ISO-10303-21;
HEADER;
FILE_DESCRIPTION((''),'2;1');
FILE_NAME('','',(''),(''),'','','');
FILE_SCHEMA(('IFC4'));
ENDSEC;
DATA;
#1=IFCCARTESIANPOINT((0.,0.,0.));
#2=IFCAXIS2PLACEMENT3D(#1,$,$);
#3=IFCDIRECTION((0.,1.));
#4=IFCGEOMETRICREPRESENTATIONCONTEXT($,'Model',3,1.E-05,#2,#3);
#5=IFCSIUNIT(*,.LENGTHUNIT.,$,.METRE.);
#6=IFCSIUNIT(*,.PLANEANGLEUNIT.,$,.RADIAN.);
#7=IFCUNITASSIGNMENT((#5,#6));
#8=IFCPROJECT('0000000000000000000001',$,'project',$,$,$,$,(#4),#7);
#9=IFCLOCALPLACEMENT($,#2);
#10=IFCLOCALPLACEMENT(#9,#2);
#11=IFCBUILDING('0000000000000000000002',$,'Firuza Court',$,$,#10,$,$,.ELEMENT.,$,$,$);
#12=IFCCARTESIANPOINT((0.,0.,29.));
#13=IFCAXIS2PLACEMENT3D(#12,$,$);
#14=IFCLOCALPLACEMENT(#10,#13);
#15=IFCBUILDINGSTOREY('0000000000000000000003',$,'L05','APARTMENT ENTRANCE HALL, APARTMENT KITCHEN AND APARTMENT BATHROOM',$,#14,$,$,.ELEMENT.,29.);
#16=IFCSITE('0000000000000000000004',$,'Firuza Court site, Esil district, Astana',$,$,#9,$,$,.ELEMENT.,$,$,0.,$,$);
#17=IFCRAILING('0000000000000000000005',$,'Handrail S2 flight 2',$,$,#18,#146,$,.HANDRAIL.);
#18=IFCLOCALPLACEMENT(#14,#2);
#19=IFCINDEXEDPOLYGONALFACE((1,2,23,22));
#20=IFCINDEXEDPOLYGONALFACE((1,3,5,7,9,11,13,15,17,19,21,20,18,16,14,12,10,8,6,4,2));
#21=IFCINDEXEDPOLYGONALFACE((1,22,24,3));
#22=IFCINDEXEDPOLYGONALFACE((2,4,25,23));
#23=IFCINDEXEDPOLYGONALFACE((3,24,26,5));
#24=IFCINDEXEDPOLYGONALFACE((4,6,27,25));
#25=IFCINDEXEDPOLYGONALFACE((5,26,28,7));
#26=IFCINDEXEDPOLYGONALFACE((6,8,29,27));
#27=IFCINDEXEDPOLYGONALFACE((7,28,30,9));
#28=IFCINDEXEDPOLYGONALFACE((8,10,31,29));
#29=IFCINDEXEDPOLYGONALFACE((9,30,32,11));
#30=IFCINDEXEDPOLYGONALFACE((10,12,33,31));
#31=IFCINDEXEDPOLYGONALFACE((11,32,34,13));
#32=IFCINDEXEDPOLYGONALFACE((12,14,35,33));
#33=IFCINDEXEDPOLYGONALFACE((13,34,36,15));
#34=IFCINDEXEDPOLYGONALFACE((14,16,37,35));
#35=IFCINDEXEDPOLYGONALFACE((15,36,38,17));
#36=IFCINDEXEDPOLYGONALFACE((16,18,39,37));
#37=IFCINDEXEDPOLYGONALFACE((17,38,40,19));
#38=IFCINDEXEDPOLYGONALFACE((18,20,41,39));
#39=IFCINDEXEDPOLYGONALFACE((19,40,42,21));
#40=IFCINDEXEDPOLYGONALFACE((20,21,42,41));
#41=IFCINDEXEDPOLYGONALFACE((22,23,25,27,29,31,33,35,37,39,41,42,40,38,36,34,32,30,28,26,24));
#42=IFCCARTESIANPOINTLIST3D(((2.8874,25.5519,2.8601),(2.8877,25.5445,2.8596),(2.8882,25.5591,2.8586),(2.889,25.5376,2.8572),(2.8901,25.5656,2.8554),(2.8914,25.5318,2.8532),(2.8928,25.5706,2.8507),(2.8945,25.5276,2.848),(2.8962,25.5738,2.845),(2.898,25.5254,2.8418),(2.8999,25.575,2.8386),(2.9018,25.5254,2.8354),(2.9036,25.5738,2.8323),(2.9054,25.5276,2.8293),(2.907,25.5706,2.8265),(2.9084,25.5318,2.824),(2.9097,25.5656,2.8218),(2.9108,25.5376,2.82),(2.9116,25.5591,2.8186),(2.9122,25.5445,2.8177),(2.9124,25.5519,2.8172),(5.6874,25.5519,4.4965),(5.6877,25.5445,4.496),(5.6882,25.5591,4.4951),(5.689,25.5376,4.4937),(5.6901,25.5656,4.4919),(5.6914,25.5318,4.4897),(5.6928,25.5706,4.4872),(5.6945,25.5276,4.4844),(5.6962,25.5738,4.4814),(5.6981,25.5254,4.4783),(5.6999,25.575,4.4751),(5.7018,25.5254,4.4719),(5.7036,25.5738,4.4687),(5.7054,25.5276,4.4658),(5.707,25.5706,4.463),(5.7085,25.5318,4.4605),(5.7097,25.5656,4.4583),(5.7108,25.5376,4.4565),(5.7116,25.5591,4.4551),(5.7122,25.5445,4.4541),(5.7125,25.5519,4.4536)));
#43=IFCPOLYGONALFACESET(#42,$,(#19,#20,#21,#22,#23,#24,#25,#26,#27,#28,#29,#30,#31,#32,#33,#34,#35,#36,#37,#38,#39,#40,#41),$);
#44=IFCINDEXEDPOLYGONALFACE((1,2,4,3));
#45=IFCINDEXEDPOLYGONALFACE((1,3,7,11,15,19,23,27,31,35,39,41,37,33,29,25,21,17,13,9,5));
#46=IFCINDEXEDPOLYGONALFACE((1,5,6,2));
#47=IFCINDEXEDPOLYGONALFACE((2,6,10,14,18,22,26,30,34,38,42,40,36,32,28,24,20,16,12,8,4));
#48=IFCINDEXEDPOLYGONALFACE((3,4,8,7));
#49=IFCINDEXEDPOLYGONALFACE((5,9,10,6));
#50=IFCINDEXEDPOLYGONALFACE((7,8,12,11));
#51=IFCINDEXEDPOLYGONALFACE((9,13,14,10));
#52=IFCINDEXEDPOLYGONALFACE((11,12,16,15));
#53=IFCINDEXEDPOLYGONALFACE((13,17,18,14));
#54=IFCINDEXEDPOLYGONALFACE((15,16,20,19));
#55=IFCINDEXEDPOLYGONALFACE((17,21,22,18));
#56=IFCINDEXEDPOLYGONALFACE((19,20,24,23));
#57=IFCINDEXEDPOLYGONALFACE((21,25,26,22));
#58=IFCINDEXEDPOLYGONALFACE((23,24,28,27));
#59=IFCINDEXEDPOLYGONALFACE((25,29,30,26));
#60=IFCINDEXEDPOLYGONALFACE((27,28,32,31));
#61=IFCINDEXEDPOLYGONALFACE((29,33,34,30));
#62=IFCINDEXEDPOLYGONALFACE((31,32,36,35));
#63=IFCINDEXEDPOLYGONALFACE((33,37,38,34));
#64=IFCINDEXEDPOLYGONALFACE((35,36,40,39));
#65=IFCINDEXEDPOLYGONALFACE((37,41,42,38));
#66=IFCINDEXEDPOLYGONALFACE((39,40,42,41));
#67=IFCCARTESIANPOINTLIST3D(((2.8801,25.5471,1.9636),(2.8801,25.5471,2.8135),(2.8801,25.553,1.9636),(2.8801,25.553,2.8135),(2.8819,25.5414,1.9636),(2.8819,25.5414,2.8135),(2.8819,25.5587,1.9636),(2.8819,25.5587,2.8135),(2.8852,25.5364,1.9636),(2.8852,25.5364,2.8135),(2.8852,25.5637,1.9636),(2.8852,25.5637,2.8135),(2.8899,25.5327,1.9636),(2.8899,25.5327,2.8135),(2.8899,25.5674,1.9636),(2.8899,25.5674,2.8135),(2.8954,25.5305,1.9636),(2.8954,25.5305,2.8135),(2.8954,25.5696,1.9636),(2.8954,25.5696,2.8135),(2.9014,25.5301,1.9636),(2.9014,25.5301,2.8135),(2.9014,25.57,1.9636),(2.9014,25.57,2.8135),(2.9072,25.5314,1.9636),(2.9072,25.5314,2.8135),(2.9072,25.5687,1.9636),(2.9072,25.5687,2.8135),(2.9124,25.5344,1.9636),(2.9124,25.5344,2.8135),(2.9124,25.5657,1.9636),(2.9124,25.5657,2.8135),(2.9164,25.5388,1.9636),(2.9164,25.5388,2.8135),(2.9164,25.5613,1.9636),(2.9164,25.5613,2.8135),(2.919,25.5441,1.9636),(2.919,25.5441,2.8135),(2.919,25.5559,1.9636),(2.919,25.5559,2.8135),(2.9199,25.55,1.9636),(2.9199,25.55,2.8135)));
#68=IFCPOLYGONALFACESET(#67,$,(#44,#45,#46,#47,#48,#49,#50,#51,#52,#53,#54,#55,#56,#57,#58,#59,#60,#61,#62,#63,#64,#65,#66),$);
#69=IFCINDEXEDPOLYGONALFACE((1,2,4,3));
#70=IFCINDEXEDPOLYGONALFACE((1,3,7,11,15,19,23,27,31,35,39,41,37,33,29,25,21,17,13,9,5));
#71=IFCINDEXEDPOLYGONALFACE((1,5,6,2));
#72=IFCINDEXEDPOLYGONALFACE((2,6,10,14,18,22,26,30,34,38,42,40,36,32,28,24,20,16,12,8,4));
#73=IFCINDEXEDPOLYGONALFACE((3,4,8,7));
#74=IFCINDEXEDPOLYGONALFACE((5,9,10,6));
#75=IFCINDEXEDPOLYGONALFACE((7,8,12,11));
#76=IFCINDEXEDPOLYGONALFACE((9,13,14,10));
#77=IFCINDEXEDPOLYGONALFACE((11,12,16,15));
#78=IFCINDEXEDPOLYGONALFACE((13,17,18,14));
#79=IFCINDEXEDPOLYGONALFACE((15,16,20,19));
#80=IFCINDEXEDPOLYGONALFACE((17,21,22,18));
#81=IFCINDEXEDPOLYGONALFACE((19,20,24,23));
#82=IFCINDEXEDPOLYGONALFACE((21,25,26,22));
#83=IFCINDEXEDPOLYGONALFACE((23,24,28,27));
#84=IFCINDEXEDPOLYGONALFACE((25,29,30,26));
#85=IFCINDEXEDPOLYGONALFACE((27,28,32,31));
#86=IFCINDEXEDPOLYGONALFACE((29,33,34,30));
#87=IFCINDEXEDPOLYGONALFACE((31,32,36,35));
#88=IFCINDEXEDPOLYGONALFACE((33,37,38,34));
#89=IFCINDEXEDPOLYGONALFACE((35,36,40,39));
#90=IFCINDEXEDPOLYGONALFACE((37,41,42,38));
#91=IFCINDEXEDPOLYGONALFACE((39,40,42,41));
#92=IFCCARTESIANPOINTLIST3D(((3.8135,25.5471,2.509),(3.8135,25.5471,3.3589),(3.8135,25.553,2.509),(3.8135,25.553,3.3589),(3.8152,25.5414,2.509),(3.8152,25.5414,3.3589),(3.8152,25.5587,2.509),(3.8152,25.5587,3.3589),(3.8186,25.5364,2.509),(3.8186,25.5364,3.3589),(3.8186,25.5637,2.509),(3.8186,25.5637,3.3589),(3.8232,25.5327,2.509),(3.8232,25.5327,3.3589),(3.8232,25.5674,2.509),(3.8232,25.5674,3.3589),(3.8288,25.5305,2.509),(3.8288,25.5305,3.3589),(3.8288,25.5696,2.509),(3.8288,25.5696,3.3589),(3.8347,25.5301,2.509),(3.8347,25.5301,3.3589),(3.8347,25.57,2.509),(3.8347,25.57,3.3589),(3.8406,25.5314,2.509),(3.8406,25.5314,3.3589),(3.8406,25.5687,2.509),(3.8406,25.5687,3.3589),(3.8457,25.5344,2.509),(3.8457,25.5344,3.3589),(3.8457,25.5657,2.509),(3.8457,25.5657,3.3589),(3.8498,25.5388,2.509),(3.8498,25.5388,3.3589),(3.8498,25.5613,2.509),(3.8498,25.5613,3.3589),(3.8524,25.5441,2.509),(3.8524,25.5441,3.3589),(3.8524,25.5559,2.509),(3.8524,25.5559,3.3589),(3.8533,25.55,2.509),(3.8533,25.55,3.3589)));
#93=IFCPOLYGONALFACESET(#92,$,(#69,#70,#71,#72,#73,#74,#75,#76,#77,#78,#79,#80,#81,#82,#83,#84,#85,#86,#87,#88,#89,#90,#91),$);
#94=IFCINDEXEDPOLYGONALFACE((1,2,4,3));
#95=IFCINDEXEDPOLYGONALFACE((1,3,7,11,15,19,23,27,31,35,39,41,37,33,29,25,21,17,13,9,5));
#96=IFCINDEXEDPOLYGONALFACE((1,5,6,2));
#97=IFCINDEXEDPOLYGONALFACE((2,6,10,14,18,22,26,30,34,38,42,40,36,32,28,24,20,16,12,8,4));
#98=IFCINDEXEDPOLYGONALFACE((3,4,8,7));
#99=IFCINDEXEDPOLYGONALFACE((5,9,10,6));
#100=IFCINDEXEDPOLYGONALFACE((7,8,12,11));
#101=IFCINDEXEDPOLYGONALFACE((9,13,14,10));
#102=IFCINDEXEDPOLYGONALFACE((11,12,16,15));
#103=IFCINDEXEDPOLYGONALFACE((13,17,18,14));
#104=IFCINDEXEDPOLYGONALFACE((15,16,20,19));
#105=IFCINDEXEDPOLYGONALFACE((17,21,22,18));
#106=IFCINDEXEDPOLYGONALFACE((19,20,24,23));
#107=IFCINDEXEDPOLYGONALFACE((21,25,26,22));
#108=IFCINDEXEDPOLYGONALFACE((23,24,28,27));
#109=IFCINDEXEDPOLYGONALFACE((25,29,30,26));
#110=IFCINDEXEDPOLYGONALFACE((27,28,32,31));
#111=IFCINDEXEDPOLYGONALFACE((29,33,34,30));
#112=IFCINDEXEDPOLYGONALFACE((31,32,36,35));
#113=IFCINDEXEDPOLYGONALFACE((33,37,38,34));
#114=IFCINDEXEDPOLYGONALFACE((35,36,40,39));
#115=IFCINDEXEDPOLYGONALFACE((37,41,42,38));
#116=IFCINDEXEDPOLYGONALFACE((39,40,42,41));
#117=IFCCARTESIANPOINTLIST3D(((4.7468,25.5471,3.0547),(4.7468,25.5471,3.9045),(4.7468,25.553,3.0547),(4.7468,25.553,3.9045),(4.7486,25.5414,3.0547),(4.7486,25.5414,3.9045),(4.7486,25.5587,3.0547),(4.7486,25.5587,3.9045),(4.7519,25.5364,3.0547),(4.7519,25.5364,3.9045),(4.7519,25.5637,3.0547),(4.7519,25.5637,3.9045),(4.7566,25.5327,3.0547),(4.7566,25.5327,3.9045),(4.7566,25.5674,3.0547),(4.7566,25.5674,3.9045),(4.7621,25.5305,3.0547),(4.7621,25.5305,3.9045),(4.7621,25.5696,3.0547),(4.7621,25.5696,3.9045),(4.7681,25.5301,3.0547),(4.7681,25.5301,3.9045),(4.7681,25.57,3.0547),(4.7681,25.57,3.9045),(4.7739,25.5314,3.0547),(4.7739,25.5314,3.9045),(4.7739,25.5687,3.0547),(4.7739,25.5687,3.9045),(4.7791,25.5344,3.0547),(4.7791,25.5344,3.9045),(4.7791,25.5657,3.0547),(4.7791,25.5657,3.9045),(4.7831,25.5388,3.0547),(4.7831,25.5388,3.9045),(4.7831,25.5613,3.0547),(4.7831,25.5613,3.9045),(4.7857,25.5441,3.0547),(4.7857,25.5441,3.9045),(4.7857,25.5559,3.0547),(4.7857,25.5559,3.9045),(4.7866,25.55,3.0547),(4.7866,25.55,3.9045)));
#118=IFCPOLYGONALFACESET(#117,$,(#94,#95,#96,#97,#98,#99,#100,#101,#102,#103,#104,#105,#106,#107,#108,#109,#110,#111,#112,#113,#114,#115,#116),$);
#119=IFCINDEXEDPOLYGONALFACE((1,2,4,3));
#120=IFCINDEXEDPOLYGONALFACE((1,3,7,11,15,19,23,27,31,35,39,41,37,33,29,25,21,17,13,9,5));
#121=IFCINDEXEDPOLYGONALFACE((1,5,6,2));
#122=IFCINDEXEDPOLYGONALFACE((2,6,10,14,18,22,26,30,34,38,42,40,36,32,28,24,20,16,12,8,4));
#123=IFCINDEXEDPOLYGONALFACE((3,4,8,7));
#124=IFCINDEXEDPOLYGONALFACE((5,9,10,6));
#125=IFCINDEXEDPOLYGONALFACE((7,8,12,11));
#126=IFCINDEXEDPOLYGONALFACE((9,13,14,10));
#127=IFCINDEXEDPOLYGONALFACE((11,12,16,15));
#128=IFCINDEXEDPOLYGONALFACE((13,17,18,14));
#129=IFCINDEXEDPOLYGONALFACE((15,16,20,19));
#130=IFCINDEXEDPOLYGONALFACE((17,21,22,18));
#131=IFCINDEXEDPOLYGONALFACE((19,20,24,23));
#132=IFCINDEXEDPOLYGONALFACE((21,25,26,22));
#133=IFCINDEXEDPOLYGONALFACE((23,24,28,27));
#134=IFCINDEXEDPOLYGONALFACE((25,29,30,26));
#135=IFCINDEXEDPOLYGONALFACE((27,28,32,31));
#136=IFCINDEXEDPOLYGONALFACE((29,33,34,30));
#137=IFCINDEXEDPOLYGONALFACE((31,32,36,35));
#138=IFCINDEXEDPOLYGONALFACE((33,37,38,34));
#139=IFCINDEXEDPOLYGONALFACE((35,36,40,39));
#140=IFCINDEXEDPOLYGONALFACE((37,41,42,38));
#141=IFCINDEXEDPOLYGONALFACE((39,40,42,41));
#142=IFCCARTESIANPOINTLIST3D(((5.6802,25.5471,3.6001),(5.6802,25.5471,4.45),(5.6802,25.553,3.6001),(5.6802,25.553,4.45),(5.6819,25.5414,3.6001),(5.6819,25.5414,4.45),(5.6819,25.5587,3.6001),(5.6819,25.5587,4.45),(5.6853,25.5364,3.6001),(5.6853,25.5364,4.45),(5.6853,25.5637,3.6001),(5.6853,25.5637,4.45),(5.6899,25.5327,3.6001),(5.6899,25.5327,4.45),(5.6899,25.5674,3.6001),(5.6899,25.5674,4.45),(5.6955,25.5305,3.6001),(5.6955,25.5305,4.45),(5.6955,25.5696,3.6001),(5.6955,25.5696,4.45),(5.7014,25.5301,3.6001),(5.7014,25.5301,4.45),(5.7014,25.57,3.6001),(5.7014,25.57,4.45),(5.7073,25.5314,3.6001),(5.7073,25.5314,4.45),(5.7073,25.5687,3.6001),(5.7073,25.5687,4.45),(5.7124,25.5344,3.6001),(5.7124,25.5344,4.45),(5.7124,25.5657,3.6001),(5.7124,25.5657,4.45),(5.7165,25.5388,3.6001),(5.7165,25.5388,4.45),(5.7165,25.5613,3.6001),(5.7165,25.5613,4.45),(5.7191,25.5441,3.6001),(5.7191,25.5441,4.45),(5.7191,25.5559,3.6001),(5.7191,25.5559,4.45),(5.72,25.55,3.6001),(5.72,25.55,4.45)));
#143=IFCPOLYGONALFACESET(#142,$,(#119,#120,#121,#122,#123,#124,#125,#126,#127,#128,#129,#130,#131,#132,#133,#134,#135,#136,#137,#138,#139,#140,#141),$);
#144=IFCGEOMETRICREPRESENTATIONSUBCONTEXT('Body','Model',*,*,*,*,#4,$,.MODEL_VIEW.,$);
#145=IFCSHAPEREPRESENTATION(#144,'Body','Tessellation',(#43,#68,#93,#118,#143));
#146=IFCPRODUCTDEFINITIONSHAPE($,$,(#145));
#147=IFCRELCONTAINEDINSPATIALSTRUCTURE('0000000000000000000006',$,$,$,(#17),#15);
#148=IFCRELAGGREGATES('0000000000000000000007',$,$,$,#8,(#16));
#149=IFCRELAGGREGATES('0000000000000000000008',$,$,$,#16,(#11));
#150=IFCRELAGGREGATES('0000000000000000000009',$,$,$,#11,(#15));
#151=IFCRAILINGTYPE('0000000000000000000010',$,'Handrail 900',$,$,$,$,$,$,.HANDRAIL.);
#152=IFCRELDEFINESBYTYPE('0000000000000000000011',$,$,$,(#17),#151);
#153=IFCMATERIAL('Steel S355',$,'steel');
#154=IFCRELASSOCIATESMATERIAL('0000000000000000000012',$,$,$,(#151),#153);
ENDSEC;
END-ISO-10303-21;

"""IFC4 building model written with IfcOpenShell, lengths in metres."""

from ifc_helpers import new_model, si_unit, direction, frame, origin, origin_2d, place, context, subcontext, project, spatial, circle, extrude, material, type_object, element, save


model = new_model("IFC4")

# Units and contexts
model_context = context("Model", 3, precision=1e-05, world=origin(), true_north=direction((0.0, 1.0)))
body_context = subcontext(model_context, "Body", "Model", "MODEL_VIEW")
ifc_project = project(units=[si_unit("LENGTHUNIT", "METRE"), si_unit("PLANEANGLEUNIT", "RADIAN")], contexts=[model_context])

# Site, building, storey
site_placement = place(None, origin())
site = spatial("IfcSite", under=ifc_project, at=site_placement, Name="Firuza Court site, Esil district, Astana", CompositionType="ELEMENT", RefElevation=0.0)
building_placement = place(site_placement, origin())
building = spatial("IfcBuilding", under=site, at=building_placement, Name="Firuza Court", CompositionType="ELEMENT")
storey_placement = place(building_placement, frame((0.0, 0.0, 29.0)))
storey = spatial("IfcBuildingStorey", under=building, at=storey_placement, Name="L05", Description="APARTMENT ENTRANCE HALL, APARTMENT KITCHEN AND APARTMENT BATHROOM", CompositionType="ELEMENT", Elevation=29.0)

# Railing
ifc_material_1 = material(Name="Steel S355", Category="steel")
railing_type_1 = type_object("IfcRailingType", Name="Handrail 900", PredefinedType="HANDRAIL", material=ifc_material_1)
railing_1_placement = place(storey_placement, frame((2.8999, 25.55, 1.9636)))
element("IfcRailing", 1, at=railing_1_placement, inside=storey, type_object=railing_type_1, Name="Handrail S2 flight 2", PredefinedType="HANDRAIL", context=body_context, shape_type="SweptSolid", body=[
    extrude(circle(Radius=0.0249, at=origin_2d()), frame((0.0, 0.0, 0.875), z_axis=(0.863361, 0.0, 0.504587), x_axis=(0.0, 1.0, 0.0)), (0.0, 0.0, 1.0), 3.2432),
    extrude(circle(Radius=0.02, at=origin_2d()), origin(), (0.0, 0.0, 1.0), 0.8499),
    extrude(circle(Radius=0.02, at=origin_2d()), frame((0.9333, 0.0, 0.5454)), (0.0, 0.0, 1.0), 0.8499),
    extrude(circle(Radius=0.02, at=origin_2d()), frame((1.8667, 0.0, 1.0911)), (0.0, 0.0, 1.0), 0.8499),
    extrude(circle(Radius=0.02, at=origin_2d()), frame((2.8, 0.0, 1.6365)), (0.0, 0.0, 1.0), 0.8499),
])

save(model, "model.ifc")
